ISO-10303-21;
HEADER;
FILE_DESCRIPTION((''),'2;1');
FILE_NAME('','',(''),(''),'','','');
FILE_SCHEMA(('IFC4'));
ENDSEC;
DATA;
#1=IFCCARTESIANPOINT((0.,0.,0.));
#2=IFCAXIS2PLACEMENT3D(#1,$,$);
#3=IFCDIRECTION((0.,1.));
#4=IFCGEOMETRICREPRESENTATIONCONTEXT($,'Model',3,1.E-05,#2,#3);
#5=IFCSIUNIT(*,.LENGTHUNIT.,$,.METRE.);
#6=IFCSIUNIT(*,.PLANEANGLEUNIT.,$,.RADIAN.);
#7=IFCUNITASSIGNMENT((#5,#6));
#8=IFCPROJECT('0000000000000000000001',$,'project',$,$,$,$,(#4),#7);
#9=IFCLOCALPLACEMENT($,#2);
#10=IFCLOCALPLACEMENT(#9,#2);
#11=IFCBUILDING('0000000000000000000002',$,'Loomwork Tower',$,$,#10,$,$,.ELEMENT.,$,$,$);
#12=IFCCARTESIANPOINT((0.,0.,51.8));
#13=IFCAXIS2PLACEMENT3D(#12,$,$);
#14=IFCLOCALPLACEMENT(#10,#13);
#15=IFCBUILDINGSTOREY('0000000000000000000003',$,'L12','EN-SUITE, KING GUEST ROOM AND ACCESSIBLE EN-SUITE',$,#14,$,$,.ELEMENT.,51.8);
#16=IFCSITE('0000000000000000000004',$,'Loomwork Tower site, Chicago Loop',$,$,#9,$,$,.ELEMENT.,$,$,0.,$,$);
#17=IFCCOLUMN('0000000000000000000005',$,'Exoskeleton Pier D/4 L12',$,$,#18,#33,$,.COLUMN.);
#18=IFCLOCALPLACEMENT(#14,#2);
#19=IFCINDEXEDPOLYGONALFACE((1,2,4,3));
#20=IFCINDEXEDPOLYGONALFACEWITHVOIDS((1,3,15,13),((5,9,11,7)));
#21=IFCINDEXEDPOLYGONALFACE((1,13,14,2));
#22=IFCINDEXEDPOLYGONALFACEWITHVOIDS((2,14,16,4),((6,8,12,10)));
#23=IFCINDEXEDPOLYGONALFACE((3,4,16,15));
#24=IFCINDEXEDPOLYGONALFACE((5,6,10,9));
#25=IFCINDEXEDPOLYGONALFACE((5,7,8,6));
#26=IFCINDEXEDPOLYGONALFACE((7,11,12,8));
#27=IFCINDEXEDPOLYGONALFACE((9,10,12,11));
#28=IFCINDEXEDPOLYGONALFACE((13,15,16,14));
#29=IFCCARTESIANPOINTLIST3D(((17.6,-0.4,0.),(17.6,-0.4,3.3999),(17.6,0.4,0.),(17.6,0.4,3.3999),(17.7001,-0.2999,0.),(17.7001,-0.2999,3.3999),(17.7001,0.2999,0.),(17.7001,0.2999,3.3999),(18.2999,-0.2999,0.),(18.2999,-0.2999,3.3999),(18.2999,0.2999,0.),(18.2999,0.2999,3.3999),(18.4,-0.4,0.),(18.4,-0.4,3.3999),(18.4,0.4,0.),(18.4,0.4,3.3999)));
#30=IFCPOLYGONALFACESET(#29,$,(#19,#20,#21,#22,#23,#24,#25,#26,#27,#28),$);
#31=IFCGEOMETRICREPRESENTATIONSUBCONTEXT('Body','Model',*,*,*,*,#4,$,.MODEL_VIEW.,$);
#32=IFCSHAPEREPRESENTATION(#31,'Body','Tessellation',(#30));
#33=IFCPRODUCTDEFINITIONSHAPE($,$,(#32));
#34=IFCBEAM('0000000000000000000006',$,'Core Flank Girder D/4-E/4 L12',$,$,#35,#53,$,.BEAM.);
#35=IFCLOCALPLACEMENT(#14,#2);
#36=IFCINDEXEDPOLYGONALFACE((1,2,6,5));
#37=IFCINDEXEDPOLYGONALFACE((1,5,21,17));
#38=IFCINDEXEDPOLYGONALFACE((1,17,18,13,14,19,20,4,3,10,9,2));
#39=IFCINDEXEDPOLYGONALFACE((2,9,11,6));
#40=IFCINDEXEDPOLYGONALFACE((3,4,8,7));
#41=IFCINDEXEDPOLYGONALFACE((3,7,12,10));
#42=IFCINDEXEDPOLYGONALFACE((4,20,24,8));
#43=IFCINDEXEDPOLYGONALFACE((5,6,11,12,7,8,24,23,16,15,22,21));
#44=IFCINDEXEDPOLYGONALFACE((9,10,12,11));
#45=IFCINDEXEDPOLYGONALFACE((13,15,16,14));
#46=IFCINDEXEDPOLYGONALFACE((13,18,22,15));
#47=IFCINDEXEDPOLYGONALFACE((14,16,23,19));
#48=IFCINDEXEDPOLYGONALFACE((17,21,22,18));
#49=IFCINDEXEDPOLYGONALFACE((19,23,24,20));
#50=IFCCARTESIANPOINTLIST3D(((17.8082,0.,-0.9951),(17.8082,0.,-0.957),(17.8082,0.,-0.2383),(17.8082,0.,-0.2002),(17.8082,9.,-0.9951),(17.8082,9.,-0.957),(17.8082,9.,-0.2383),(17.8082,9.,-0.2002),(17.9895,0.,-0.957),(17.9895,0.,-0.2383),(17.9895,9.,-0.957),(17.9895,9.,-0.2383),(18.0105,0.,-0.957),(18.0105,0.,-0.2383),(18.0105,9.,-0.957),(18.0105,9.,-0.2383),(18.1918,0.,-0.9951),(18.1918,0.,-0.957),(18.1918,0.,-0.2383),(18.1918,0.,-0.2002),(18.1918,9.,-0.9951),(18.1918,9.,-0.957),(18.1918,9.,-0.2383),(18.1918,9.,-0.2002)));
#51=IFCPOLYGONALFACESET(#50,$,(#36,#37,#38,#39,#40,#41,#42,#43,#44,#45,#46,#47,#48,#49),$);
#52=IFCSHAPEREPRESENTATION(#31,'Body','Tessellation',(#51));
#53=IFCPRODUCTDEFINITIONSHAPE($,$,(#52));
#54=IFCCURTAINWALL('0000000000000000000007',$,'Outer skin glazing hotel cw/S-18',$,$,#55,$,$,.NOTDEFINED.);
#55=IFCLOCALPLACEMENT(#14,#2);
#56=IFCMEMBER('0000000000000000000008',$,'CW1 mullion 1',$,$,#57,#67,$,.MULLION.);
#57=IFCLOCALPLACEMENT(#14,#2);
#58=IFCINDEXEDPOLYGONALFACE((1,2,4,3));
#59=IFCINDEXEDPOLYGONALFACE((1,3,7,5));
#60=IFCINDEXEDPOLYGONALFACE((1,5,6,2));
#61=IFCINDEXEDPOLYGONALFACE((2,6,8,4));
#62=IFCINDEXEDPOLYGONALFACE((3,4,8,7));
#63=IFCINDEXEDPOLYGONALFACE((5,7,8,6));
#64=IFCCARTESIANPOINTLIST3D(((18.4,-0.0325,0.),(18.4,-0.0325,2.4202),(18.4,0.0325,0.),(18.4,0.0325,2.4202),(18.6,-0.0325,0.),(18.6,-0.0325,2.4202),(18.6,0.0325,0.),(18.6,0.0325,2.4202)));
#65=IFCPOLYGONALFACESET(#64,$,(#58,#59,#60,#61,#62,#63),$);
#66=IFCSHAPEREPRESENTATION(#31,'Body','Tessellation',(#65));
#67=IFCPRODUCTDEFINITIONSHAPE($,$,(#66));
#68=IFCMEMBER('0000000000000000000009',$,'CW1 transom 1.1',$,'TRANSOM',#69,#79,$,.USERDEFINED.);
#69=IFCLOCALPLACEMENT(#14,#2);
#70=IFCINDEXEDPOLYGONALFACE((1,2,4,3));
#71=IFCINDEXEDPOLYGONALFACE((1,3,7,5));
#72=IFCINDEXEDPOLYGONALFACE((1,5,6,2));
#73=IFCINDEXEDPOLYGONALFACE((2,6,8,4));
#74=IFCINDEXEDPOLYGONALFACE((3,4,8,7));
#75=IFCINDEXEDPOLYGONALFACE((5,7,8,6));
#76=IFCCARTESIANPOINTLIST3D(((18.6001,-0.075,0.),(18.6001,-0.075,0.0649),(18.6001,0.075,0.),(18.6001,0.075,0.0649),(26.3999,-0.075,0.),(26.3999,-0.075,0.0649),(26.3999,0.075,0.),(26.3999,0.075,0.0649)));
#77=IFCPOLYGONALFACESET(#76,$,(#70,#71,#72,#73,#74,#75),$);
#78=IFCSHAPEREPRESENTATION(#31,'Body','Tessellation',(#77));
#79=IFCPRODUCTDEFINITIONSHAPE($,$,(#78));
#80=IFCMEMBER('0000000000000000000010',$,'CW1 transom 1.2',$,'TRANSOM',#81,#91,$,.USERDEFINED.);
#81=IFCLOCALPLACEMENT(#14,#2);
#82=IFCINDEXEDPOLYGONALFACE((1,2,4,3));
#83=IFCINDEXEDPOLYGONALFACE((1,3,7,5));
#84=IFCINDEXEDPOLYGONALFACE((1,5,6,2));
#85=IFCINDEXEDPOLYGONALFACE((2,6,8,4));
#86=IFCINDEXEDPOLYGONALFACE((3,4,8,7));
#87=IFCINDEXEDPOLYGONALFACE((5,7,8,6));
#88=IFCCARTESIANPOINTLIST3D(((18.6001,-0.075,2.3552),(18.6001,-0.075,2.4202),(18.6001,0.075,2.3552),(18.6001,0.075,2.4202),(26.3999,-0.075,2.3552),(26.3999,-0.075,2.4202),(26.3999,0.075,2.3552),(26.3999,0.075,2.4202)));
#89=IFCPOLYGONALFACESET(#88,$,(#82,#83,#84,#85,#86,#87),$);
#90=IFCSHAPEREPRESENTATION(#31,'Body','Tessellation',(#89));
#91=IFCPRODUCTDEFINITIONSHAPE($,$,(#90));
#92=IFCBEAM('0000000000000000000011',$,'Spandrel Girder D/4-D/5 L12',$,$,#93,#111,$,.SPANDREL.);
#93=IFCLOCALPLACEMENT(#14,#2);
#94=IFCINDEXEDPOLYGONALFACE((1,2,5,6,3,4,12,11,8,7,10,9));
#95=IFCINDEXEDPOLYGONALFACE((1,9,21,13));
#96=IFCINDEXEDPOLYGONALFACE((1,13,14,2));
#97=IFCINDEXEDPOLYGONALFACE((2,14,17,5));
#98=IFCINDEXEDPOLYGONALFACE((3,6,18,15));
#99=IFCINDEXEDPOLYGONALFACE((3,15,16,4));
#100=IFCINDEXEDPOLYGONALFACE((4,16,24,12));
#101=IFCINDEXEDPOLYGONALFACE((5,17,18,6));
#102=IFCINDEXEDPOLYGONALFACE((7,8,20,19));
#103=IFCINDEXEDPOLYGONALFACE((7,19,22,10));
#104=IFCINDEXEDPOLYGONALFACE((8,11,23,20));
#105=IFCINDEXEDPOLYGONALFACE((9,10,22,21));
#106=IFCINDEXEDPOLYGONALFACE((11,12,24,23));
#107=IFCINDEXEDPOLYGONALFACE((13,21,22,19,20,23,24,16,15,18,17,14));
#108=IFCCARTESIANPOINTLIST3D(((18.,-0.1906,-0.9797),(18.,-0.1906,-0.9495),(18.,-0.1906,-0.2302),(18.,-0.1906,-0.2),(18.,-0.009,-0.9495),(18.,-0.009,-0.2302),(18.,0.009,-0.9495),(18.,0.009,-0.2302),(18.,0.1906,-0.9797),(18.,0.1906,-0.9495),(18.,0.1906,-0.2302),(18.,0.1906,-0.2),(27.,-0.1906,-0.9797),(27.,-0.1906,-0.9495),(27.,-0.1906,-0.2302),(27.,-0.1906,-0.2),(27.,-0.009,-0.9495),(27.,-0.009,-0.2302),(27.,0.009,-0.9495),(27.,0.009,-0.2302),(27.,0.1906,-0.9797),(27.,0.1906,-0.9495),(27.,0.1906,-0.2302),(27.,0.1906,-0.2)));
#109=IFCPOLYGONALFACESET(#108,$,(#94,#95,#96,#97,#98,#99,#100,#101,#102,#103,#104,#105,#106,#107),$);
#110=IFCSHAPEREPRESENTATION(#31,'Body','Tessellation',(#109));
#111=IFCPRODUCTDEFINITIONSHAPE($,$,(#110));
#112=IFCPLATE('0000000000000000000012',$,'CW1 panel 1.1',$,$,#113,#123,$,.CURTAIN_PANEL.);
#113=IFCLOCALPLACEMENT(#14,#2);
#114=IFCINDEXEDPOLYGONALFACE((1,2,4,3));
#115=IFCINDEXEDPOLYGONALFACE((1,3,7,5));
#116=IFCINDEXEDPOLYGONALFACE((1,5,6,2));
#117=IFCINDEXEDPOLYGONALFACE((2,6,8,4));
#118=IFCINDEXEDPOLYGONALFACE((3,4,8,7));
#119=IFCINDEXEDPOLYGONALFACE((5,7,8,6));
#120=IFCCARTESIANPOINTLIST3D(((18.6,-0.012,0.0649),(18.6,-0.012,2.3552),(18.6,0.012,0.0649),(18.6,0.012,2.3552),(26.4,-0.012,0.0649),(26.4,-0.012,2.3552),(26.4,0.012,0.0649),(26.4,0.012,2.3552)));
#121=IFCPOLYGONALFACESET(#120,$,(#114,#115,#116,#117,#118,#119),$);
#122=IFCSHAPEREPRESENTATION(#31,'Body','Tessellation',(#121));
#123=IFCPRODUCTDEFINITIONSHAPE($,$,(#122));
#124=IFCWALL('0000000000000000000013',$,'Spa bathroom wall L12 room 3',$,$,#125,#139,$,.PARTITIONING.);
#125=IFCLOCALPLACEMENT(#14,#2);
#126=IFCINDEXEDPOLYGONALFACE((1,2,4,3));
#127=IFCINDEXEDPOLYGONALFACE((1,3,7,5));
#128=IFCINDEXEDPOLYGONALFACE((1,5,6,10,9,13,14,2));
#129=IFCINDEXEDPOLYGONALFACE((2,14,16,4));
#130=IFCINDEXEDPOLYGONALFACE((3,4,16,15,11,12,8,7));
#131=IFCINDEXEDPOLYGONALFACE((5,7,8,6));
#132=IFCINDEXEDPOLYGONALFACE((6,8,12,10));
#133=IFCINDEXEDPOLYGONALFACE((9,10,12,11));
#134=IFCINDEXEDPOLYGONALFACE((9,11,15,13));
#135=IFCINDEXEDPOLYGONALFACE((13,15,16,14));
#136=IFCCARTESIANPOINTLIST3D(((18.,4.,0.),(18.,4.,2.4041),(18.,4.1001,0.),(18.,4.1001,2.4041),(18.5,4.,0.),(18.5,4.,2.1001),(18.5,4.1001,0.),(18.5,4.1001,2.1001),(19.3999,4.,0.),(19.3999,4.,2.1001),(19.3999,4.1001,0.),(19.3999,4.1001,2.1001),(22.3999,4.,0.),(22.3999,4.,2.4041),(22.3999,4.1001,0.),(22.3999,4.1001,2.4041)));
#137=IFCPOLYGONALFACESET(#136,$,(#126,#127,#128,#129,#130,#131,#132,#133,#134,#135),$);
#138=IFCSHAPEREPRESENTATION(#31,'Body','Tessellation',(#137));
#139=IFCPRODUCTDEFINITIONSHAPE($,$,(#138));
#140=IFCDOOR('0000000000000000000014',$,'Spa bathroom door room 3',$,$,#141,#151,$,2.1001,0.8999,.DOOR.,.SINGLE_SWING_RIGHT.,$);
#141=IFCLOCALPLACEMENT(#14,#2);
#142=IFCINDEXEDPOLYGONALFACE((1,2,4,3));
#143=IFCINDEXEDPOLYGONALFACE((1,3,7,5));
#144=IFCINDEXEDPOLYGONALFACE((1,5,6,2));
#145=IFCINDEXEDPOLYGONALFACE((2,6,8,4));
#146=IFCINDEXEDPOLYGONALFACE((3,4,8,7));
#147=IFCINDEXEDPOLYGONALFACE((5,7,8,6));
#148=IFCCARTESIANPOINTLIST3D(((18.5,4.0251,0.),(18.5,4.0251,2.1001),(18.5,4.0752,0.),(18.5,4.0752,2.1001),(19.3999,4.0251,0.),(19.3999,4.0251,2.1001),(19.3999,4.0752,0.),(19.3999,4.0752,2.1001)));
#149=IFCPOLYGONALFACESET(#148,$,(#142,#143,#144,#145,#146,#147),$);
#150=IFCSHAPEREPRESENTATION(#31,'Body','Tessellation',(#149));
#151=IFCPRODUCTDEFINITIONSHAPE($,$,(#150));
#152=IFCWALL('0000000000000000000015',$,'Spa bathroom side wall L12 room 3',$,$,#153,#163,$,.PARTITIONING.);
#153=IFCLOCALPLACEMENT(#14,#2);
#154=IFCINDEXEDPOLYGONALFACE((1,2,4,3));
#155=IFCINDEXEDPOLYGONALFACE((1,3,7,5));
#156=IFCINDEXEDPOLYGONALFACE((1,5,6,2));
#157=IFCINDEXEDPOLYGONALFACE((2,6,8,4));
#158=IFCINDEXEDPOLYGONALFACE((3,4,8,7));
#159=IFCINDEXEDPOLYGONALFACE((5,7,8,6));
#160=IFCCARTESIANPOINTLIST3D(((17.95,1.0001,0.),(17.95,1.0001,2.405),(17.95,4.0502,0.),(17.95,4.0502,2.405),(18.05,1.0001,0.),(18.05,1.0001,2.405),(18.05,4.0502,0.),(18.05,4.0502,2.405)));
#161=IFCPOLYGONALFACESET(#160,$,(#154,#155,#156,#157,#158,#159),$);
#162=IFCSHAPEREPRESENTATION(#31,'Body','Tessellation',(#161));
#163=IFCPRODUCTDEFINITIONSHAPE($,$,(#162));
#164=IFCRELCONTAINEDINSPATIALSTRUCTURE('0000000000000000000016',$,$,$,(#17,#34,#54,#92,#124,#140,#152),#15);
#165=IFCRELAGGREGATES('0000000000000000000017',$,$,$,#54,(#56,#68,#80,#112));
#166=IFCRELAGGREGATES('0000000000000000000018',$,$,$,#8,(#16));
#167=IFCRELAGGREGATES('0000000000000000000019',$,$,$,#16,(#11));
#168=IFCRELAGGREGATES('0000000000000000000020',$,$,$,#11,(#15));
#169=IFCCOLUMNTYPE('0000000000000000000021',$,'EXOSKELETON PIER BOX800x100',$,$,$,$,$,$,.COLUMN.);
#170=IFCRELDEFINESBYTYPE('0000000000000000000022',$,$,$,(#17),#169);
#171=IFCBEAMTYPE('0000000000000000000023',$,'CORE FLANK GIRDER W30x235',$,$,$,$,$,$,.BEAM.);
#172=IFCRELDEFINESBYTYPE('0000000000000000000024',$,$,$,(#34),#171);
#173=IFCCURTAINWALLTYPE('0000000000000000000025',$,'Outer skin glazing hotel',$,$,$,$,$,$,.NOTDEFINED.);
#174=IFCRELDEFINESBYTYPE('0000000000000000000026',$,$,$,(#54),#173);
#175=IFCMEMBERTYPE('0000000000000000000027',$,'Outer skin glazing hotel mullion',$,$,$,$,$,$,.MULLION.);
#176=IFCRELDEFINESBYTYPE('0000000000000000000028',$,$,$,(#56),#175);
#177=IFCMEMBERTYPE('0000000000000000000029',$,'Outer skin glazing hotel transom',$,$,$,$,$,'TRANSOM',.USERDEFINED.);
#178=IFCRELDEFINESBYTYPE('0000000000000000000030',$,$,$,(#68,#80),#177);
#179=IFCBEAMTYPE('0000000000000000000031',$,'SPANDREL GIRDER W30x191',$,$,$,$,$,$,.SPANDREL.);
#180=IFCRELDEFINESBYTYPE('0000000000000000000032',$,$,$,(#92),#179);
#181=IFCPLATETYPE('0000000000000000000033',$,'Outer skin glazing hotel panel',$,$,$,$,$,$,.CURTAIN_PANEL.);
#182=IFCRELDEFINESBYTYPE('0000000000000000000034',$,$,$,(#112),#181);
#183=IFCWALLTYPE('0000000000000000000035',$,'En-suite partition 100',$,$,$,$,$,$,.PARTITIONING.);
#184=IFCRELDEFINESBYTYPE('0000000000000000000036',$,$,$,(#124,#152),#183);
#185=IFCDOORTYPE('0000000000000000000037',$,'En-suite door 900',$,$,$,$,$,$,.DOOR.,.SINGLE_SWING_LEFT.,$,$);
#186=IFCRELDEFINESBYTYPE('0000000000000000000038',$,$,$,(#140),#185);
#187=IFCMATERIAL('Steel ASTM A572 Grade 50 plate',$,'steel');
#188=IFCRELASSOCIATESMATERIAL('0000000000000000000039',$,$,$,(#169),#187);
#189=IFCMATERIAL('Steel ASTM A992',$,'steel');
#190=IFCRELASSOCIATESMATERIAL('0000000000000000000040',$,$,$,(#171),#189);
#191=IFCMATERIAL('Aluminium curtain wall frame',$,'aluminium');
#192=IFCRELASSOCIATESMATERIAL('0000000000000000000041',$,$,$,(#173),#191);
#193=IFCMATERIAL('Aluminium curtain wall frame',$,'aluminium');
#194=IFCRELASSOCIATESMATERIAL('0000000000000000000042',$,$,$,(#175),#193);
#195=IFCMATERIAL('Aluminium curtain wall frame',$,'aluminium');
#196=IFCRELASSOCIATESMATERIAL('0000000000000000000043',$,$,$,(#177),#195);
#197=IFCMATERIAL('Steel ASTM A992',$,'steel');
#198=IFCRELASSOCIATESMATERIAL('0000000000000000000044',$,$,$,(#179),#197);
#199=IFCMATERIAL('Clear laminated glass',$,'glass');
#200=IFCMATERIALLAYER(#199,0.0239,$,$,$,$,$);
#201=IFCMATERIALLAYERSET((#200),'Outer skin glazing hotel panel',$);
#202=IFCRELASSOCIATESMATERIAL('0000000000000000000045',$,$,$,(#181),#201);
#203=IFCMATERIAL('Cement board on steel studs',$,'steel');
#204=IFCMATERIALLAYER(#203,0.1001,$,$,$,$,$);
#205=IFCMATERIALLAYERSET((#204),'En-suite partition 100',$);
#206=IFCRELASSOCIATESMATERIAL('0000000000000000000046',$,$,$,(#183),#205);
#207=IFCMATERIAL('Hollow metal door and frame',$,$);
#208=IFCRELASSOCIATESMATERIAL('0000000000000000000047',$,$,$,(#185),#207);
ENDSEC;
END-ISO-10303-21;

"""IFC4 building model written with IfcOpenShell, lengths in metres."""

from ifc_helpers import new_model, si_unit, direction, frame, frame_2d, origin, origin_2d, place, context, subcontext, project, spatial, rectangle, hollow_rectangle, i_section, extrude, material, layer, layer_set, material_profile, profile_set, type_object, element, fill, aggregate, save


model = new_model("IFC4")

# Units and contexts
model_context = context("Model", 3, precision=1e-05, world=origin(), true_north=direction((0.0, 1.0)))
body_context = subcontext(model_context, "Body", "Model", "MODEL_VIEW")
ifc_project = project(units=[si_unit("LENGTHUNIT", "METRE"), si_unit("PLANEANGLEUNIT", "RADIAN")], contexts=[model_context])

# Site, building, storey
site_placement = place(None, origin())
site = spatial("IfcSite", under=ifc_project, at=site_placement, Name="Loomwork Tower site, Chicago Loop", CompositionType="ELEMENT", RefElevation=0.0)
building_placement = place(site_placement, origin())
building = spatial("IfcBuilding", under=site, at=building_placement, Name="Loomwork Tower", CompositionType="ELEMENT")
storey_placement = place(building_placement, frame((0.0, 0.0, 51.8)))
storey = spatial("IfcBuildingStorey", under=building, at=storey_placement, Name="L12", Description="EN-SUITE, KING GUEST ROOM AND ACCESSIBLE EN-SUITE", CompositionType="ELEMENT", Elevation=51.8)

# Column
ifc_material_1 = material(Name="Steel ASTM A572 Grade 50 plate", Category="steel")
ifc_material_profile_1 = material_profile(ifc_material_1, hollow_rectangle(XDim=0.8, YDim=0.8, WallThickness=0.1001, at=origin_2d()), Name="BOX800x100")
ifc_profile_set_1 = profile_set([ifc_material_profile_1], Name="Steel ASTM A572 Grade 50 plate")
column_type = type_object("IfcColumnType", Name="EXOSKELETON PIER BOX800x100", PredefinedType="COLUMN", material=ifc_profile_set_1)
column_placement = place(storey_placement, frame((18.0, 0.0, 0.0), z_axis=(0.0, 0.0, 1.0), x_axis=(1.0, 0.0, 0.0)))
element("IfcColumn", 1, at=column_placement, inside=storey, type_object=column_type, Name="Exoskeleton Pier D/4 L12", PredefinedType="COLUMN", context=body_context, shape_type="SweptSolid", body=[
    extrude(hollow_rectangle(XDim=0.8, YDim=0.8, WallThickness=0.1001, at=origin_2d()), origin(), (0.0, 0.0, 1.0), 3.3999),
])

# Beam
ifc_material_2 = material(Name="Steel ASTM A992", Category="steel")
ifc_material_profile_2 = material_profile(ifc_material_2, i_section(OverallWidth=0.3835, OverallDepth=0.7949, WebThickness=0.021, FlangeThickness=0.0381, at=origin_2d()), Name="W30x235")
ifc_profile_set_2 = profile_set([ifc_material_profile_2], Name="Steel ASTM A992")
beam_type_1 = type_object("IfcBeamType", Name="CORE FLANK GIRDER W30x235", PredefinedType="BEAM", material=ifc_profile_set_2)
beam_1_placement = place(storey_placement, frame((18.0, 0.0, -0.5977), z_axis=(0.0, 1.0, 0.0), x_axis=(-1.0, 0.0, 0.0)))
element("IfcBeam", 2, at=beam_1_placement, inside=storey, type_object=beam_type_1, Name="Core Flank Girder D/4-E/4 L12", PredefinedType="BEAM", context=body_context, shape_type="SweptSolid", body=[
    extrude(i_section(OverallWidth=0.3835, OverallDepth=0.7949, WebThickness=0.021, FlangeThickness=0.0381, at=origin_2d()), origin(), (0.0, 0.0, 1.0), 9.0),
])

# Curtain wall, members
ifc_material_3 = material(Name="Aluminium curtain wall frame", Category="aluminium")
curtain_wall_type = type_object("IfcCurtainWallType", Name="Outer skin glazing hotel", PredefinedType="NOTDEFINED", material=ifc_material_3)
curtain_wall_placement = place(storey_placement, origin())
curtain_wall = element("IfcCurtainWall", 3, at=curtain_wall_placement, inside=storey, type_object=curtain_wall_type, Name="Outer skin glazing hotel cw/S-18", PredefinedType="NOTDEFINED")
ifc_material_4 = material(Name="Aluminium curtain wall frame", Category="aluminium")
ifc_material_profile_3 = material_profile(ifc_material_4, rectangle(XDim=0.0649, YDim=0.2, at=origin_2d()), Name="AL 65x200")
ifc_profile_set_3 = profile_set([ifc_material_profile_3], Name="Aluminium curtain wall frame")
member_type_1 = type_object("IfcMemberType", Name="Outer skin glazing hotel mullion", PredefinedType="MULLION", material=ifc_profile_set_3)
member_1_placement = place(storey_placement, frame((18.5, 0.0, 0.0), z_axis=(0.0, 0.0, 1.0), x_axis=(0.0, 1.0, 0.0)))
member_1 = element("IfcMember", 4, at=member_1_placement, type_object=member_type_1, Name="CW1 mullion 1", PredefinedType="MULLION", context=body_context, shape_type="SweptSolid", body=[
    extrude(rectangle(XDim=0.0649, YDim=0.2, at=origin_2d()), origin(), (0.0, 0.0, 1.0), 2.4202),
])
ifc_material_5 = material(Name="Aluminium curtain wall frame", Category="aluminium")
ifc_material_profile_4 = material_profile(ifc_material_5, rectangle(XDim=0.1499, YDim=0.0649, at=origin_2d()), Name="AL 65x150")
ifc_profile_set_4 = profile_set([ifc_material_profile_4], Name="Aluminium curtain wall frame")
member_type_2 = type_object("IfcMemberType", Name="Outer skin glazing hotel transom", ElementType="TRANSOM", PredefinedType="USERDEFINED", material=ifc_profile_set_4)
member_2_placement = place(storey_placement, frame((18.6001, 0.0, 0.0325), z_axis=(1.0, 0.0, 0.0), x_axis=(0.0, 1.0, 0.0)))
member_2 = element("IfcMember", 5, at=member_2_placement, type_object=member_type_2, Name="CW1 transom 1.1", ObjectType="TRANSOM", PredefinedType="USERDEFINED", context=body_context, shape_type="SweptSolid", body=[
    extrude(rectangle(XDim=0.1499, YDim=0.0649, at=origin_2d()), origin(), (0.0, 0.0, 1.0), 7.7998),
])
member_3_placement = place(storey_placement, frame((18.6001, 0.0, 2.3877), z_axis=(1.0, 0.0, 0.0), x_axis=(0.0, 1.0, 0.0)))
member_3 = element("IfcMember", 6, at=member_3_placement, type_object=member_type_2, Name="CW1 transom 1.2", ObjectType="TRANSOM", PredefinedType="USERDEFINED", context=body_context, shape_type="SweptSolid", body=[
    extrude(rectangle(XDim=0.1499, YDim=0.0649, at=origin_2d()), origin(), (0.0, 0.0, 1.0), 7.7998),
])

# Beam
ifc_material_6 = material(Name="Steel ASTM A992", Category="steel")
ifc_material_profile_5 = material_profile(ifc_material_6, i_section(OverallWidth=0.3811, OverallDepth=0.7798, WebThickness=0.0181, FlangeThickness=0.0303, at=origin_2d()), Name="W30x191")
ifc_profile_set_5 = profile_set([ifc_material_profile_5], Name="Steel ASTM A992")
beam_type_2 = type_object("IfcBeamType", Name="SPANDREL GIRDER W30x191", PredefinedType="SPANDREL", material=ifc_profile_set_5)
beam_2_placement = place(storey_placement, frame((18.0, 0.0, -0.5898), z_axis=(1.0, 0.0, 0.0), x_axis=(0.0, 1.0, 0.0)))
element("IfcBeam", 7, at=beam_2_placement, inside=storey, type_object=beam_type_2, Name="Spandrel Girder D/4-D/5 L12", PredefinedType="SPANDREL", context=body_context, shape_type="SweptSolid", body=[
    extrude(i_section(OverallWidth=0.3811, OverallDepth=0.7798, WebThickness=0.0181, FlangeThickness=0.0303, at=origin_2d()), origin(), (0.0, 0.0, 1.0), 9.0),
])

# Plate
ifc_material_7 = material(Name="Clear laminated glass", Category="glass")
ifc_layer_1 = layer(ifc_material_7, 0.0239)
ifc_layer_set_1 = layer_set([ifc_layer_1], Name="Outer skin glazing hotel panel")
plate_type = type_object("IfcPlateType", Name="Outer skin glazing hotel panel", PredefinedType="CURTAIN_PANEL", material=ifc_layer_set_1)
plate_placement = place(storey_placement, frame((22.5, 0.0, 0.0649), z_axis=(0.0, 0.0, 1.0), x_axis=(1.0, 0.0, 0.0)))
plate = element("IfcPlate", 8, at=plate_placement, type_object=plate_type, Name="CW1 panel 1.1", PredefinedType="CURTAIN_PANEL", context=body_context, shape_type="SweptSolid", body=[
    extrude(rectangle(XDim=7.8, YDim=0.0239, at=origin_2d()), origin(), (0.0, 0.0, 1.0), 2.2903),
])
aggregate(curtain_wall, [member_1, member_2, member_3, plate])

# Wall, opening, door
ifc_material_8 = material(Name="Cement board on steel studs", Category="steel")
ifc_layer_2 = layer(ifc_material_8, 0.1001)
ifc_layer_set_2 = layer_set([ifc_layer_2], Name="En-suite partition 100")
wall_type_1 = type_object("IfcWallType", Name="En-suite partition 100", PredefinedType="PARTITIONING", material=ifc_layer_set_2)
wall_1_placement = place(storey_placement, frame((18.0, 4.05, 0.0), z_axis=(0.0, 0.0, 1.0), x_axis=(1.0, 0.0, 0.0)))
wall_1 = element("IfcWall", 9, at=wall_1_placement, inside=storey, type_object=wall_type_1, Name="Spa bathroom wall L12 room 3", PredefinedType="PARTITIONING", context=body_context, shape_type="SweptSolid", body=[
    extrude(rectangle(XDim=4.3999, YDim=0.1001, at=frame_2d((2.2, 0.0))), origin(), (0.0, 0.0, 1.0), 2.4041),
])
opening_1_placement = place(wall_1_placement, frame((0.5, 0.0, 0.0)))
opening_1 = element("IfcOpeningElement", 10, at=opening_1_placement, cuts=wall_1, PredefinedType="OPENING", context=body_context, shape_type="SweptSolid", body=[
    extrude(rectangle(XDim=0.8999, YDim=2.1001, at=frame_2d((0.45, 1.05))), frame((0.0, 0.0601, 0.0), z_axis=(0.0, -1.0, 0.0), x_axis=(1.0, 0.0, 0.0)), (0.0, 0.0, 1.0), 0.1201),
])
ifc_material_9 = material(Name="Hollow metal door and frame")
door_type = type_object("IfcDoorType", Name="En-suite door 900", OperationType="SINGLE_SWING_LEFT", PredefinedType="DOOR", material=ifc_material_9)
door_placement = place(opening_1_placement, frame((0.8999, 0.0, 0.0), z_axis=(0.0, 0.0, 1.0), x_axis=(-1.0, 0.0, 0.0)))
door = element("IfcDoor", 11, at=door_placement, inside=storey, type_object=door_type, Name="Spa bathroom door room 3", OperationType="SINGLE_SWING_RIGHT", OverallHeight=2.1001, OverallWidth=0.8999, PredefinedType="DOOR", context=body_context, shape_type="SweptSolid", body=[
    extrude(rectangle(XDim=0.8999, YDim=2.1001, at=frame_2d((0.45, 1.05))), frame((0.0, 0.0249, 0.0), z_axis=(0.0, -1.0, 0.0), x_axis=(1.0, 0.0, 0.0)), (0.0, 0.0, 1.0), 0.05),
])
fill(opening_1, door)

# Wall
wall_2_placement = place(storey_placement, frame((18.0, 4.05, 0.0), z_axis=(0.0, 0.0, 1.0), x_axis=(0.0, -1.0, 0.0)))
element("IfcWall", 12, at=wall_2_placement, inside=storey, type_object=wall_type_1, Name="Spa bathroom side wall L12 room 3", PredefinedType="PARTITIONING", context=body_context, shape_type="SweptSolid", body=[
    extrude(rectangle(XDim=3.05, YDim=0.1001, at=frame_2d((1.5249, 0.0))), origin(), (0.0, 0.0, 1.0), 2.405),
])

save(model, "model.ifc")
